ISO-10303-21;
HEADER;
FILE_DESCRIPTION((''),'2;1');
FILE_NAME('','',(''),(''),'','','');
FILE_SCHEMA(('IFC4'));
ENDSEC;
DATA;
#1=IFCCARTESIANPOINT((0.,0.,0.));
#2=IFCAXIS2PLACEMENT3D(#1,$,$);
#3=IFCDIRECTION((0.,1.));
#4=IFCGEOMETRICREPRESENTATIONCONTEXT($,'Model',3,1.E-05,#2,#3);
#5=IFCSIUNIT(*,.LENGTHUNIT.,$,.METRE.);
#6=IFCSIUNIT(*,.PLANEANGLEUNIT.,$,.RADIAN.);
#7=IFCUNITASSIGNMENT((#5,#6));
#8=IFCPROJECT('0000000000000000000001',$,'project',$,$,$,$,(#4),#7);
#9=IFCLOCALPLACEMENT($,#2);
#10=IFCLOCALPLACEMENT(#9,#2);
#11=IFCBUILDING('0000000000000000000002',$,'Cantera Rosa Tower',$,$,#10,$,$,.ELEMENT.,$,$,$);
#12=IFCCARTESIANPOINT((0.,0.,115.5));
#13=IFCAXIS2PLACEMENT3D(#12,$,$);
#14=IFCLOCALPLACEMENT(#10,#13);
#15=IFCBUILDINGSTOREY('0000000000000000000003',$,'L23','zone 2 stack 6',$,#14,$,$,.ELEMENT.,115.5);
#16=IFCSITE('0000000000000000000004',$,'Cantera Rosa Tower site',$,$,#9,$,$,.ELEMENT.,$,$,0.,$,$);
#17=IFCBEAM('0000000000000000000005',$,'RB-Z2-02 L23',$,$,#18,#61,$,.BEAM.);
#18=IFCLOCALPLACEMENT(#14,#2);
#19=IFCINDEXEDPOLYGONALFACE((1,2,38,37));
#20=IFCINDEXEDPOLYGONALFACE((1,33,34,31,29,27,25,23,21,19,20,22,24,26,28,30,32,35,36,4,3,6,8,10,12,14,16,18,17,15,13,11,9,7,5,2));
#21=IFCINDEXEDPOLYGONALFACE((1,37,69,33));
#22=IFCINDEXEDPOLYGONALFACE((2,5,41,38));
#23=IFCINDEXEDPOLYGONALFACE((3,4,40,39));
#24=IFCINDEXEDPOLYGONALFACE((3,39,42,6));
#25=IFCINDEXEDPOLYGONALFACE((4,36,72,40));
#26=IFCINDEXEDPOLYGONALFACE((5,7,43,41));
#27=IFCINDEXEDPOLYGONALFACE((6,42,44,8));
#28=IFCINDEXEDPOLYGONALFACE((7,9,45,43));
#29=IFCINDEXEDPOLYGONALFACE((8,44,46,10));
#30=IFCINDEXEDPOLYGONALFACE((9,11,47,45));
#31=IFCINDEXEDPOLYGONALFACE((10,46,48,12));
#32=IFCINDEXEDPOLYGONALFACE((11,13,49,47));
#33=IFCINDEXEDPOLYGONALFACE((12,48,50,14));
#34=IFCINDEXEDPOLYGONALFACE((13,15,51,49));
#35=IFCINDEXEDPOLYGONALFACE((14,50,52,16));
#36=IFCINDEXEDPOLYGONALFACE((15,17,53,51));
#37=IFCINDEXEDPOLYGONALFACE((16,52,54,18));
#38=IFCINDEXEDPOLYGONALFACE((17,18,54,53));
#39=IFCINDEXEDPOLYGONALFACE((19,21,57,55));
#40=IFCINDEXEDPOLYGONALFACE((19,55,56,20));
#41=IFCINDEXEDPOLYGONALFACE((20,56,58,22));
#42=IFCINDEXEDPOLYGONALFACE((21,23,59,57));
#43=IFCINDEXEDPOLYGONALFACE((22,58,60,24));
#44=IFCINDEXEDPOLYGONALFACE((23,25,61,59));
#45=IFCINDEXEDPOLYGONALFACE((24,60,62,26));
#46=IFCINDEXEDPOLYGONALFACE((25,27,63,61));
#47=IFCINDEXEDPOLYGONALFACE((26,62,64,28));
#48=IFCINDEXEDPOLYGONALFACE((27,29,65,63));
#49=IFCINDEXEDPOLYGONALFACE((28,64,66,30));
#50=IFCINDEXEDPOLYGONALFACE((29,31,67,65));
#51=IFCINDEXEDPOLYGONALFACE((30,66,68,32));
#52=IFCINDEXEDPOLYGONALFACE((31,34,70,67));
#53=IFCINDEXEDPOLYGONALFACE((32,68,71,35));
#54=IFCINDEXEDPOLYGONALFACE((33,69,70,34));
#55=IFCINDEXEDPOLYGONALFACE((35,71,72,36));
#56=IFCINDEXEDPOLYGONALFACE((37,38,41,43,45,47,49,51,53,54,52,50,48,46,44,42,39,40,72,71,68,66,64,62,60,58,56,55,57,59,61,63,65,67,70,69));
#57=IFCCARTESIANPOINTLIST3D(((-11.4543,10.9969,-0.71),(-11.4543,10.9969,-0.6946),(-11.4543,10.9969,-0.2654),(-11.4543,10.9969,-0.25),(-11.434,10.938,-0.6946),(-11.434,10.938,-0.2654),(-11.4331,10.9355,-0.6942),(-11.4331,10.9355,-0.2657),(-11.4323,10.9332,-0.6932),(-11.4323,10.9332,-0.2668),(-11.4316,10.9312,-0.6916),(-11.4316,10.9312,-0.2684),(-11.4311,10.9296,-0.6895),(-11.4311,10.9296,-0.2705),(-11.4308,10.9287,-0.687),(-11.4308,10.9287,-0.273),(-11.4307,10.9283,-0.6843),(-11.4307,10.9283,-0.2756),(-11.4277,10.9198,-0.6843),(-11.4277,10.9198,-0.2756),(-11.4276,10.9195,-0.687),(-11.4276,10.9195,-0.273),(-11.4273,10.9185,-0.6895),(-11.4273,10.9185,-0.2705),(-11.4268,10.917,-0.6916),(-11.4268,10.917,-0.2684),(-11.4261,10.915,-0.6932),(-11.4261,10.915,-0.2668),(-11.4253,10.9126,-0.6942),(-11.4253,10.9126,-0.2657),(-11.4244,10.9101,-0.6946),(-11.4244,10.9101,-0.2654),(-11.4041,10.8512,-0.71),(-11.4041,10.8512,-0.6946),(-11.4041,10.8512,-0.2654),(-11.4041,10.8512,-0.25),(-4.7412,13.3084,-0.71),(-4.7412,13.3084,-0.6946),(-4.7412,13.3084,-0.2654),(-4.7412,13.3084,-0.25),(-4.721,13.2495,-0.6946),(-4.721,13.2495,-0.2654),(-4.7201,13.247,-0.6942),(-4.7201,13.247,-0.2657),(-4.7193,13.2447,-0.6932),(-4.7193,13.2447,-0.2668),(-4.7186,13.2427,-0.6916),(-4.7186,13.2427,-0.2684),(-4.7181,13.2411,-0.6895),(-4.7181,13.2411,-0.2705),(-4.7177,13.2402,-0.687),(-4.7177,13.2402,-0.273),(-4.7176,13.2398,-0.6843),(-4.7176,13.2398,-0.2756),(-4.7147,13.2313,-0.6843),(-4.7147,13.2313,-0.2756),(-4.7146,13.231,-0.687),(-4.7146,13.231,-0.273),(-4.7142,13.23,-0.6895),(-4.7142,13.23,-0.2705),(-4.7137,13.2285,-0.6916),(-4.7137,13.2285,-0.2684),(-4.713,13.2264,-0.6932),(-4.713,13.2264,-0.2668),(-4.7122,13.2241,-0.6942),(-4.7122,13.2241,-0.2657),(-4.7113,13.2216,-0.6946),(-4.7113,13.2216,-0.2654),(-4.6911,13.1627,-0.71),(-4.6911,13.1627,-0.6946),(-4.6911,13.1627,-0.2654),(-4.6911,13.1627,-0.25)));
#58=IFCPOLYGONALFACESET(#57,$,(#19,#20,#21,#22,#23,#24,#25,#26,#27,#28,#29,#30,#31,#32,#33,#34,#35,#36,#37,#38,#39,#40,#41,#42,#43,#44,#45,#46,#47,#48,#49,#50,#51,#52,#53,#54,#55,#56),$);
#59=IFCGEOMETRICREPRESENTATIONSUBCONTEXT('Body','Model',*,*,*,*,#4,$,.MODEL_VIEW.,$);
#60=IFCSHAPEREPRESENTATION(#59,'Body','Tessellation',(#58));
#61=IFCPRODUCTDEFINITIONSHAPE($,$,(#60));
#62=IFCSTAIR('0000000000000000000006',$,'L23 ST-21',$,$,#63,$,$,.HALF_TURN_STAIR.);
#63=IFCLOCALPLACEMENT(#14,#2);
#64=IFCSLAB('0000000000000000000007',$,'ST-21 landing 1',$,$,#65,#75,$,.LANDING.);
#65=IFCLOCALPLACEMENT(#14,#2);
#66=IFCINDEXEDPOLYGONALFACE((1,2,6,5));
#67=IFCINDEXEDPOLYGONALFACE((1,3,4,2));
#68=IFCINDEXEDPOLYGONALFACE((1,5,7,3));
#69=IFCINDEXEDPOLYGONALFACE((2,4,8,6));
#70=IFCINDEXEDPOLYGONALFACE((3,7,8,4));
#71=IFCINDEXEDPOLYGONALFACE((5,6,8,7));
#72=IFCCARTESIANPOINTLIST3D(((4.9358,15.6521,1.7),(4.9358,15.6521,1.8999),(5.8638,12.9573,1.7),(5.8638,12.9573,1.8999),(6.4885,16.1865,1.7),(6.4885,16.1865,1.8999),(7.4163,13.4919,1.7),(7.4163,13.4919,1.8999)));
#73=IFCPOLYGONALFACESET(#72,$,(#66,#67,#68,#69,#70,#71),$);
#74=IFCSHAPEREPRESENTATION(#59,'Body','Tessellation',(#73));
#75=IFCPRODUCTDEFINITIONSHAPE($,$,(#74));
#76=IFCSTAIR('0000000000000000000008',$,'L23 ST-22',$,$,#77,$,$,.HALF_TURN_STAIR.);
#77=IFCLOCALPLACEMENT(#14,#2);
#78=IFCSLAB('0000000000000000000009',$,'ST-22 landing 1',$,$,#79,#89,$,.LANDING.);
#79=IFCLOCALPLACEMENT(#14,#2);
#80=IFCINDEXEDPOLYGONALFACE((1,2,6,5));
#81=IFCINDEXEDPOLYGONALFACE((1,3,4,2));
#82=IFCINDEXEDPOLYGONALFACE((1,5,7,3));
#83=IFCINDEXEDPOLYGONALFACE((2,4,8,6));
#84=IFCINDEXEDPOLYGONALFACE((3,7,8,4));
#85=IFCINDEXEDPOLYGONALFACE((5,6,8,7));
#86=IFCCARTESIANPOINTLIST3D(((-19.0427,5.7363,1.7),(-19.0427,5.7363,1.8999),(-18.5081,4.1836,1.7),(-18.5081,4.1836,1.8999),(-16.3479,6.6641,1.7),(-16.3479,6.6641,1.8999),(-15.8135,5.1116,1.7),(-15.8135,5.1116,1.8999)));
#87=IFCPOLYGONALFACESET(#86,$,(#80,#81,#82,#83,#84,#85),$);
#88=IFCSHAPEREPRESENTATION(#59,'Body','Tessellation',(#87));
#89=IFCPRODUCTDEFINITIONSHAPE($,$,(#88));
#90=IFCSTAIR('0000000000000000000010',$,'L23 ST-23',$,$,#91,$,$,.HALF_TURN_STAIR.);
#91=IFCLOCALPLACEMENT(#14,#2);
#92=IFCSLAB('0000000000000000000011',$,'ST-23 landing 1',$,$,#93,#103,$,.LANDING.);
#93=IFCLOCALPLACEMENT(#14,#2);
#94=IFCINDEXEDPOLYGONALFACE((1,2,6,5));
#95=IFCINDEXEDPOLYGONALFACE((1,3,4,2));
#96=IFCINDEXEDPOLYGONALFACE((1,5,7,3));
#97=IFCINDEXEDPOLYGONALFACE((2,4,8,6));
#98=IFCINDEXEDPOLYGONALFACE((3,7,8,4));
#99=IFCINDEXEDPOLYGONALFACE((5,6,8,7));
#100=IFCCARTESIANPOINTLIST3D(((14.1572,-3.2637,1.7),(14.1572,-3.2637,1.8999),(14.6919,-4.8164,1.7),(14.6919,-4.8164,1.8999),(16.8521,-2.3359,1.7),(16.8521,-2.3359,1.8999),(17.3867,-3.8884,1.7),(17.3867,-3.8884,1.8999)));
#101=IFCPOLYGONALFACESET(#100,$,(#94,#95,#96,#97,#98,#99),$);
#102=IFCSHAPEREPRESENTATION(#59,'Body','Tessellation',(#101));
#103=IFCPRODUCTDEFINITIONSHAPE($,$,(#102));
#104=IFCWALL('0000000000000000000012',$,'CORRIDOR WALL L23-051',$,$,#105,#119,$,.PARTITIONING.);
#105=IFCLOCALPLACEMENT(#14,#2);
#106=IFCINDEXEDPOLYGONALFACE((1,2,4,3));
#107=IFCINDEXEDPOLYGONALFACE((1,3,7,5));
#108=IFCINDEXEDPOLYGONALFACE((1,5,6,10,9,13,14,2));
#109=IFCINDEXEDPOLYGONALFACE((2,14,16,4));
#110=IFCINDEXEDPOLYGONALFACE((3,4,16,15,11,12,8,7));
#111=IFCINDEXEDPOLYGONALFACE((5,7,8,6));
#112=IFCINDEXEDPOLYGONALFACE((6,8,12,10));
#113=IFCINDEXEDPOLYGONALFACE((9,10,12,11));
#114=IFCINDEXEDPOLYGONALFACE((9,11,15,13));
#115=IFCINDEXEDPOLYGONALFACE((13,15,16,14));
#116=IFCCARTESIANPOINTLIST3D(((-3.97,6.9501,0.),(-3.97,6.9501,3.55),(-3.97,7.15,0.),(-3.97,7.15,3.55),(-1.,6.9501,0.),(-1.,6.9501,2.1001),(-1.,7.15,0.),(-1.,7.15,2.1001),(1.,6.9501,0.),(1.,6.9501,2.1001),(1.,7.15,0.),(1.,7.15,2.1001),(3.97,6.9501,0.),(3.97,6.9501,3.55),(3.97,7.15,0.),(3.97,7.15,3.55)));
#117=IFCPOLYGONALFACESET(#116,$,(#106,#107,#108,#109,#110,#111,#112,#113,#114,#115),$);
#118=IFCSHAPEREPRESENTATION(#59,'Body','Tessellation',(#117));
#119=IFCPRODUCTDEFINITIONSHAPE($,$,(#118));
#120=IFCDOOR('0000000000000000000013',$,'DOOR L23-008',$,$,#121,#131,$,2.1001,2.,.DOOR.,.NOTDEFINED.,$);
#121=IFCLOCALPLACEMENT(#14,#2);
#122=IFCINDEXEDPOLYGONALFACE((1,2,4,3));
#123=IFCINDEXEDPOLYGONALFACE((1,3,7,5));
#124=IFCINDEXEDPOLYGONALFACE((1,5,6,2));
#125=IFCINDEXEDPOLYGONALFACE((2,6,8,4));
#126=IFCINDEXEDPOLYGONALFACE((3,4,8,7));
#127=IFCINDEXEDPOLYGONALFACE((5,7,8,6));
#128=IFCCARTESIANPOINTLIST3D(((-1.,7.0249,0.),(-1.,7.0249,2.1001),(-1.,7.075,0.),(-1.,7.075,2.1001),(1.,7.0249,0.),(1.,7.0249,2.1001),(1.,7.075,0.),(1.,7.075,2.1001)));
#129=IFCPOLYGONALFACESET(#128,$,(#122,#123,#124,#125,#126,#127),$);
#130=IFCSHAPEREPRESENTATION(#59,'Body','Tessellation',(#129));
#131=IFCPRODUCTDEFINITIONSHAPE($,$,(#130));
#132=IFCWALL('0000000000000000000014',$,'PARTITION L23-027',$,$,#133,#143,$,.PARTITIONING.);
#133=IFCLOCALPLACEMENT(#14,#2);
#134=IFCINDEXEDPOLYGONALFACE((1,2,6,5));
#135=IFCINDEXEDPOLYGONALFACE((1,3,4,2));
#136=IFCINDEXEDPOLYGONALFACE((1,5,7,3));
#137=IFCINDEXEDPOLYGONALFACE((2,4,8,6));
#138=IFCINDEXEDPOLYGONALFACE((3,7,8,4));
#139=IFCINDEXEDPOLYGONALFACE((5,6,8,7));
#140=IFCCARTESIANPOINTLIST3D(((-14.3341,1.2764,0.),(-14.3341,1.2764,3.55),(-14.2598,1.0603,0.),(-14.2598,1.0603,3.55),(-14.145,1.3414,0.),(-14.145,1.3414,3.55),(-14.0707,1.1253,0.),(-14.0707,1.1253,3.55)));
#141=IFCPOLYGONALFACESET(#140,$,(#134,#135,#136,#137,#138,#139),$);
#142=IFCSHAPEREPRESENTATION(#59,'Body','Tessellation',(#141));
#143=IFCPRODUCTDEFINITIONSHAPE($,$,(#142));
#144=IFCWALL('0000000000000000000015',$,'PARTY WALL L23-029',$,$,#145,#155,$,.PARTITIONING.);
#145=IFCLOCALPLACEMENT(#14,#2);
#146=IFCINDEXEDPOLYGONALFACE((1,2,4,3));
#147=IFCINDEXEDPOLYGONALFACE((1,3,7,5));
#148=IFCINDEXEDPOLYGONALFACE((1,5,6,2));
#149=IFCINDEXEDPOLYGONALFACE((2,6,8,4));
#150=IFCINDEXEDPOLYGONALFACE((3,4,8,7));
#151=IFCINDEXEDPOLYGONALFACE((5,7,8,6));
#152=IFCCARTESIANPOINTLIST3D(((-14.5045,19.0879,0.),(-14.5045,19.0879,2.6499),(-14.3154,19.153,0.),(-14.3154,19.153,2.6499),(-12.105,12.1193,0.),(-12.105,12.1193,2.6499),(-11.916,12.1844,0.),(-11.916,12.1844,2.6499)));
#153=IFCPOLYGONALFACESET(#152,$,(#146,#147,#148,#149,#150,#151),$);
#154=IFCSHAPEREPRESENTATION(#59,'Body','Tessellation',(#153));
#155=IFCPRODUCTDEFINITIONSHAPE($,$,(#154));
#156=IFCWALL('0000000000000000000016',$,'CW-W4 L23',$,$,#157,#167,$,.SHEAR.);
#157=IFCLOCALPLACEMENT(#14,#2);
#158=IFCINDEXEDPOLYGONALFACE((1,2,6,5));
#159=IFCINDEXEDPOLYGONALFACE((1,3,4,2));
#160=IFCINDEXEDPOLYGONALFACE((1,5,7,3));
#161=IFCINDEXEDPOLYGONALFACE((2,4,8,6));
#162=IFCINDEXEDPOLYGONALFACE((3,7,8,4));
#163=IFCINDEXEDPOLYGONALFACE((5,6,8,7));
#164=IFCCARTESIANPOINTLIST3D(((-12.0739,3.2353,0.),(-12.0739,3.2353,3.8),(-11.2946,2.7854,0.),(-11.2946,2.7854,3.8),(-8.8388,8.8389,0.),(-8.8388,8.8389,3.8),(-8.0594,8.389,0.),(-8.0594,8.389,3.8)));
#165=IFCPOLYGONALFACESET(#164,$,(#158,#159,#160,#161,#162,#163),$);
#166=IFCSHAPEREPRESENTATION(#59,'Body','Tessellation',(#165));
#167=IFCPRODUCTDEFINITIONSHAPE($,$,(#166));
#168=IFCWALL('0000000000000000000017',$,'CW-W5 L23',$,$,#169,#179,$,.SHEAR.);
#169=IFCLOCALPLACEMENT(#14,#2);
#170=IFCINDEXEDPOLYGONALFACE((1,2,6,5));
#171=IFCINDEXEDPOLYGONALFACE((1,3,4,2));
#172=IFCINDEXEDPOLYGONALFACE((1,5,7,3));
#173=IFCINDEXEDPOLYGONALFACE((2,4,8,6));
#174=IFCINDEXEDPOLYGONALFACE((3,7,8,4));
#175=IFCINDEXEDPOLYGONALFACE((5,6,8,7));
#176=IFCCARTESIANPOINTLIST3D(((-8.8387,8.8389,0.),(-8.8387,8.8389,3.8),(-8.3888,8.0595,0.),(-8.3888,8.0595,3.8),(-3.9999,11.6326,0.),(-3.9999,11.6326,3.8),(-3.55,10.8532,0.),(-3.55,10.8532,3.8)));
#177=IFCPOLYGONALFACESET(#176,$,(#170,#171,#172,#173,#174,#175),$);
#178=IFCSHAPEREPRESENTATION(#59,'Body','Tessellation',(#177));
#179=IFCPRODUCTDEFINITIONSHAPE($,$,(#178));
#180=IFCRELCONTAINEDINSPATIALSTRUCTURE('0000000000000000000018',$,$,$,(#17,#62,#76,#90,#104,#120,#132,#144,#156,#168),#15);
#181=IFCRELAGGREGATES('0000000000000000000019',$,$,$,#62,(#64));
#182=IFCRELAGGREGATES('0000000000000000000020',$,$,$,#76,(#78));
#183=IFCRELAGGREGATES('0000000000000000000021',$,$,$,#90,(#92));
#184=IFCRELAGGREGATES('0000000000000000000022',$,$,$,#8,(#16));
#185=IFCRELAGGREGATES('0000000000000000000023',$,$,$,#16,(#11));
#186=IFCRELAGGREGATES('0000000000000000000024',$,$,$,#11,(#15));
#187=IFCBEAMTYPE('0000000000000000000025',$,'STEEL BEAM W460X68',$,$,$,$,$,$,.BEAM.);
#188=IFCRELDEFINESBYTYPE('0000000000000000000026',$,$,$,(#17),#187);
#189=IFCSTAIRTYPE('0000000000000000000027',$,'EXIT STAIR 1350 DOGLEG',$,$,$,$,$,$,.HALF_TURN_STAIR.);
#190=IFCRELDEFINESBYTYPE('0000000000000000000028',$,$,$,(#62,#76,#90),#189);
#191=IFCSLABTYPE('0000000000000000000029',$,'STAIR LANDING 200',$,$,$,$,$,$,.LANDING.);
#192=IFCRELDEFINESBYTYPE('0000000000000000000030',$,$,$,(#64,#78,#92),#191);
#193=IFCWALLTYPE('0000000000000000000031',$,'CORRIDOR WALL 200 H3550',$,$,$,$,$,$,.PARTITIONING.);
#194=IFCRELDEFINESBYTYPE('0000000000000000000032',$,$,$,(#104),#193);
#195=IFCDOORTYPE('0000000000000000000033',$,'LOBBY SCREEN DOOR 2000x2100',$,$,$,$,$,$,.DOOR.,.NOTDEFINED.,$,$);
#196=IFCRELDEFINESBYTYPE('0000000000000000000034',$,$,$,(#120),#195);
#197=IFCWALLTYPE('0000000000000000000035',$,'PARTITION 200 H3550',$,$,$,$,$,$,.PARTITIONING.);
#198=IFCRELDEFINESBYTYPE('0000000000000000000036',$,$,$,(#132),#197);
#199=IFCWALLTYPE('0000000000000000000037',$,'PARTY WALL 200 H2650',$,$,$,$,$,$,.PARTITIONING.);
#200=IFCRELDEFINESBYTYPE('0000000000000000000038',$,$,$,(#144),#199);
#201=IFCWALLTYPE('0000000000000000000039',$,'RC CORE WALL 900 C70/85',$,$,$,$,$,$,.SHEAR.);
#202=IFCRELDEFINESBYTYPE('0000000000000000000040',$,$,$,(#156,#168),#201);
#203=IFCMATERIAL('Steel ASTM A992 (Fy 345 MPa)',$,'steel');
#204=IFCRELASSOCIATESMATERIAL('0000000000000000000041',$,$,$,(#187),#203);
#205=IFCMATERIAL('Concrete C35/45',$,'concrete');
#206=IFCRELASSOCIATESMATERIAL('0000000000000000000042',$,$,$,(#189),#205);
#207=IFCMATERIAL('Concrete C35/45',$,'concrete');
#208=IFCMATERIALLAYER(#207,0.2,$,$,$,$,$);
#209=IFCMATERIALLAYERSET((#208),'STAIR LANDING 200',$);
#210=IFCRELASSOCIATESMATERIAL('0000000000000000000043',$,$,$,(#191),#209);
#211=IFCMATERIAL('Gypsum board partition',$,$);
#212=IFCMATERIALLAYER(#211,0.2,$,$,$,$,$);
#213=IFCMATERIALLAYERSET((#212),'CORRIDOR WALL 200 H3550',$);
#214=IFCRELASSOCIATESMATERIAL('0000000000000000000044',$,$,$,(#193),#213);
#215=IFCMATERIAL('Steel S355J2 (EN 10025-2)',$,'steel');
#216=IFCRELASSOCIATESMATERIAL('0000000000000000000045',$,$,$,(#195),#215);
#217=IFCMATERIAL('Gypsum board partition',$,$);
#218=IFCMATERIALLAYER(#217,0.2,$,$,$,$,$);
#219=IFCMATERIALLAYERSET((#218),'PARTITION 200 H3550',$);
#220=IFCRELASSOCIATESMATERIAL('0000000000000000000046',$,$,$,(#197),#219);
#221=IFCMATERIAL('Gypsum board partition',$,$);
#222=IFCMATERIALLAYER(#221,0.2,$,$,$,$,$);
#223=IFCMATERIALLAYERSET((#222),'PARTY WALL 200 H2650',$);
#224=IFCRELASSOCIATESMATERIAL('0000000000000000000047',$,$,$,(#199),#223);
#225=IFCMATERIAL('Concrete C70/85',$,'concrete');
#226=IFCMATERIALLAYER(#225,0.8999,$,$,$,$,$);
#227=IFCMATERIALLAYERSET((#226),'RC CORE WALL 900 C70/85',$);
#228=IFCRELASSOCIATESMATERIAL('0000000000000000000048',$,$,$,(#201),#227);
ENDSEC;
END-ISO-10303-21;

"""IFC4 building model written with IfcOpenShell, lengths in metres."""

from ifc_helpers import new_model, si_unit, direction, frame, frame_2d, origin, origin_2d, place, context, subcontext, project, spatial, polyline, rectangle, i_section, outline, extrude, material, layer, layer_set, material_profile, profile_set, type_object, element, fill, aggregate, save


model = new_model("IFC4")

# Units and contexts
model_context = context("Model", 3, precision=1e-05, world=origin(), true_north=direction((0.0, 1.0)))
body_context = subcontext(model_context, "Body", "Model", "MODEL_VIEW")
ifc_project = project(units=[si_unit("LENGTHUNIT", "METRE"), si_unit("PLANEANGLEUNIT", "RADIAN")], contexts=[model_context])

# Site, building, storey
site_placement = place(None, origin())
site = spatial("IfcSite", under=ifc_project, at=site_placement, Name="Cantera Rosa Tower site", CompositionType="ELEMENT", RefElevation=0.0)
building_placement = place(site_placement, origin())
building = spatial("IfcBuilding", under=site, at=building_placement, Name="Cantera Rosa Tower", CompositionType="ELEMENT")
storey_placement = place(building_placement, frame((0.0, 0.0, 115.5)))
storey = spatial("IfcBuildingStorey", under=building, at=storey_placement, Name="L23", Description="zone 2 stack 6", CompositionType="ELEMENT", Elevation=115.5)

# Beam
ifc_material_1 = material(Name="Steel ASTM A992 (Fy 345 MPa)", Category="steel")
ifc_material_profile = material_profile(ifc_material_1, i_section(OverallWidth=0.1541, OverallDepth=0.46, WebThickness=0.009, FlangeThickness=0.0154, FilletRadius=0.0103, at=origin_2d()), Name="W460X68")
ifc_profile_set = profile_set([ifc_material_profile], Name="Steel ASTM A992 (Fy 345 MPa)")
beam_type = type_object("IfcBeamType", Name="STEEL BEAM W460X68", PredefinedType="BEAM", material=ifc_profile_set)
beam_placement = place(storey_placement, frame((-11.4292, 10.9241, -0.48), z_axis=(0.945518, 0.325569, 0.0), x_axis=(-0.325569, 0.945518, 0.0)))
element("IfcBeam", 1, at=beam_placement, inside=storey, type_object=beam_type, Name="RB-Z2-02 L23", PredefinedType="BEAM", context=body_context, shape_type="SweptSolid", body=[
    extrude(i_section(OverallWidth=0.1541, OverallDepth=0.46, WebThickness=0.009, FlangeThickness=0.0154, FilletRadius=0.0103, at=origin_2d()), origin(), (0.0, 0.0, 1.0), 7.0999),
])

# Stairs, slabs
ifc_material_2 = material(Name="Concrete C35/45", Category="concrete")
stair_type = type_object("IfcStairType", Name="EXIT STAIR 1350 DOGLEG", PredefinedType="HALF_TURN_STAIR", material=ifc_material_2)
stair_1_placement = place(storey_placement, origin())
stair_1 = element("IfcStair", 2, at=stair_1_placement, inside=storey, type_object=stair_type, Name="L23 ST-21", PredefinedType="HALF_TURN_STAIR")
ifc_material_3 = material(Name="Concrete C35/45", Category="concrete")
ifc_layer_1 = layer(ifc_material_3, 0.2)
ifc_layer_set_1 = layer_set([ifc_layer_1], Name="STAIR LANDING 200")
slab_type = type_object("IfcSlabType", Name="STAIR LANDING 200", PredefinedType="LANDING", material=ifc_layer_set_1)
slab_1_placement = place(storey_placement, frame((0.0, 0.0, 1.7)))
slab_1 = element("IfcSlab", 3, at=slab_1_placement, type_object=slab_type, Name="ST-21 landing 1", PredefinedType="LANDING", context=body_context, shape_type="SweptSolid", body=[
    extrude(outline(polyline([(6.4885, 16.1865), (4.9358, 15.6521), (5.8638, 12.9573), (7.4163, 13.4919), (6.4885, 16.1865)])), origin(), (0.0, 0.0, 1.0), 0.2),
])
aggregate(stair_1, [slab_1])
stair_2_placement = place(storey_placement, origin())
stair_2 = element("IfcStair", 4, at=stair_2_placement, inside=storey, type_object=stair_type, Name="L23 ST-22", PredefinedType="HALF_TURN_STAIR")
slab_2_placement = place(storey_placement, frame((0.0, 0.0, 1.7)))
slab_2 = element("IfcSlab", 5, at=slab_2_placement, type_object=slab_type, Name="ST-22 landing 1", PredefinedType="LANDING", context=body_context, shape_type="SweptSolid", body=[
    extrude(outline(polyline([(-15.8135, 5.1116), (-16.3479, 6.6641), (-19.0427, 5.7363), (-18.5081, 4.1836), (-15.8135, 5.1116)])), origin(), (0.0, 0.0, 1.0), 0.2),
])
aggregate(stair_2, [slab_2])
stair_3_placement = place(storey_placement, origin())
stair_3 = element("IfcStair", 6, at=stair_3_placement, inside=storey, type_object=stair_type, Name="L23 ST-23", PredefinedType="HALF_TURN_STAIR")
slab_3_placement = place(storey_placement, frame((0.0, 0.0, 1.7)))
slab_3 = element("IfcSlab", 7, at=slab_3_placement, type_object=slab_type, Name="ST-23 landing 1", PredefinedType="LANDING", context=body_context, shape_type="SweptSolid", body=[
    extrude(outline(polyline([(17.3867, -3.8884), (16.8521, -2.3359), (14.1572, -3.2637), (14.6919, -4.8164), (17.3867, -3.8884)])), origin(), (0.0, 0.0, 1.0), 0.2),
])
aggregate(stair_3, [slab_3])

# Wall, opening, door
ifc_material_4 = material(Name="Gypsum board partition")
ifc_layer_2 = layer(ifc_material_4, 0.2)
ifc_layer_set_2 = layer_set([ifc_layer_2], Name="CORRIDOR WALL 200 H3550")
wall_type_1 = type_object("IfcWallType", Name="CORRIDOR WALL 200 H3550", PredefinedType="PARTITIONING", material=ifc_layer_set_2)
wall_1_placement = place(storey_placement, frame((-3.97, 7.05, 0.0), z_axis=(0.0, 0.0, 1.0), x_axis=(1.0, 0.0, 0.0)))
wall_1 = element("IfcWall", 8, at=wall_1_placement, inside=storey, type_object=wall_type_1, Name="CORRIDOR WALL L23-051", PredefinedType="PARTITIONING", context=body_context, shape_type="SweptSolid", body=[
    extrude(rectangle(XDim=7.9399, YDim=0.2, at=frame_2d((3.97, 0.0))), origin(), (0.0, 0.0, 1.0), 3.55),
])
opening_1_placement = place(wall_1_placement, frame((2.97, 0.0, 0.0)))
opening_1 = element("IfcOpeningElement", 9, at=opening_1_placement, cuts=wall_1, PredefinedType="OPENING", context=body_context, shape_type="SweptSolid", body=[
    extrude(rectangle(XDim=2.0, YDim=2.1001, at=frame_2d((1.0, 1.05))), frame((0.0, 0.1099, 0.0), z_axis=(0.0, -1.0, 0.0), x_axis=(1.0, 0.0, 0.0)), (0.0, 0.0, 1.0), 0.22),
])
ifc_material_5 = material(Name="Steel S355J2 (EN 10025-2)", Category="steel")
door_type_1 = type_object("IfcDoorType", Name="LOBBY SCREEN DOOR 2000x2100", OperationType="NOTDEFINED", PredefinedType="DOOR", material=ifc_material_5)
door_1_placement = place(opening_1_placement, origin())
door_1 = element("IfcDoor", 10, at=door_1_placement, inside=storey, type_object=door_type_1, Name="DOOR L23-008", OperationType="NOTDEFINED", OverallHeight=2.1001, OverallWidth=2.0, PredefinedType="DOOR", context=body_context, shape_type="SweptSolid", body=[
    extrude(rectangle(XDim=2.0, YDim=2.1001, at=frame_2d((1.0, 1.05))), frame((0.0, 0.0249, 0.0), z_axis=(0.0, -1.0, 0.0), x_axis=(1.0, 0.0, 0.0)), (0.0, 0.0, 1.0), 0.05),
])
fill(opening_1, door_1)

# Walls
ifc_material_6 = material(Name="Gypsum board partition")
ifc_layer_3 = layer(ifc_material_6, 0.2)
ifc_layer_set_3 = layer_set([ifc_layer_3], Name="PARTITION 200 H3550")
wall_type_2 = type_object("IfcWallType", Name="PARTITION 200 H3550", PredefinedType="PARTITIONING", material=ifc_layer_set_3)
wall_2_placement = place(storey_placement, frame((-14.1653, 1.0928, 0.0), z_axis=(0.0, 0.0, 1.0), x_axis=(-0.324871, 0.945758, 0.0)))
element("IfcWall", 11, at=wall_2_placement, inside=storey, type_object=wall_type_2, Name="PARTITION L23-027", PredefinedType="PARTITIONING", context=body_context, shape_type="SweptSolid", body=[
    extrude(rectangle(XDim=0.2285, YDim=0.2, at=frame_2d((0.1143, 0.0))), origin(), (0.0, 0.0, 1.0), 3.55),
])
ifc_material_7 = material(Name="Gypsum board partition")
ifc_layer_4 = layer(ifc_material_7, 0.2)
ifc_layer_set_4 = layer_set([ifc_layer_4], Name="PARTY WALL 200 H2650")
wall_type_3 = type_object("IfcWallType", Name="PARTY WALL 200 H2650", PredefinedType="PARTITIONING", material=ifc_layer_set_4)
wall_3_placement = place(storey_placement, frame((-12.0105, 12.1519, 0.0), z_axis=(0.0, 0.0, 1.0), x_axis=(-0.325564, 0.94552, 0.0)))
element("IfcWall", 12, at=wall_3_placement, inside=storey, type_object=wall_type_3, Name="PARTY WALL L23-029", PredefinedType="PARTITIONING", context=body_context, shape_type="SweptSolid", body=[
    extrude(rectangle(XDim=7.3701, YDim=0.2, at=frame_2d((3.6851, 0.0))), origin(), (0.0, 0.0, 1.0), 2.6499),
])
ifc_material_8 = material(Name="Concrete C70/85", Category="concrete")
ifc_layer_5 = layer(ifc_material_8, 0.8999)
ifc_layer_set_5 = layer_set([ifc_layer_5], Name="RC CORE WALL 900 C70/85")
wall_type_4 = type_object("IfcWallType", Name="RC CORE WALL 900 C70/85", PredefinedType="SHEAR", material=ifc_layer_set_5)
wall_4_placement = place(storey_placement, frame((-11.6843, 3.0103, 0.0), z_axis=(0.0, 0.0, 1.0), x_axis=(0.49999, 0.866031, 0.0)))
element("IfcWall", 13, at=wall_4_placement, inside=storey, type_object=wall_type_4, Name="CW-W4 L23", PredefinedType="SHEAR", context=body_context, shape_type="SweptSolid", body=[
    extrude(rectangle(XDim=6.4705, YDim=0.8999, at=frame_2d((3.2354, 0.0))), origin(), (0.0, 0.0, 1.0), 3.8),
])
wall_5_placement = place(storey_placement, frame((-8.6138, 8.4492, 0.0), z_axis=(0.0, 0.0, 1.0), x_axis=(0.866027, 0.499997, 0.0)))
element("IfcWall", 14, at=wall_5_placement, inside=storey, type_object=wall_type_4, Name="CW-W5 L23", PredefinedType="SHEAR", context=body_context, shape_type="SweptSolid", body=[
    extrude(rectangle(XDim=5.5874, YDim=0.8999, at=frame_2d((2.7937, 0.0))), origin(), (0.0, 0.0, 1.0), 3.8),
])

save(model, "model.ifc")
